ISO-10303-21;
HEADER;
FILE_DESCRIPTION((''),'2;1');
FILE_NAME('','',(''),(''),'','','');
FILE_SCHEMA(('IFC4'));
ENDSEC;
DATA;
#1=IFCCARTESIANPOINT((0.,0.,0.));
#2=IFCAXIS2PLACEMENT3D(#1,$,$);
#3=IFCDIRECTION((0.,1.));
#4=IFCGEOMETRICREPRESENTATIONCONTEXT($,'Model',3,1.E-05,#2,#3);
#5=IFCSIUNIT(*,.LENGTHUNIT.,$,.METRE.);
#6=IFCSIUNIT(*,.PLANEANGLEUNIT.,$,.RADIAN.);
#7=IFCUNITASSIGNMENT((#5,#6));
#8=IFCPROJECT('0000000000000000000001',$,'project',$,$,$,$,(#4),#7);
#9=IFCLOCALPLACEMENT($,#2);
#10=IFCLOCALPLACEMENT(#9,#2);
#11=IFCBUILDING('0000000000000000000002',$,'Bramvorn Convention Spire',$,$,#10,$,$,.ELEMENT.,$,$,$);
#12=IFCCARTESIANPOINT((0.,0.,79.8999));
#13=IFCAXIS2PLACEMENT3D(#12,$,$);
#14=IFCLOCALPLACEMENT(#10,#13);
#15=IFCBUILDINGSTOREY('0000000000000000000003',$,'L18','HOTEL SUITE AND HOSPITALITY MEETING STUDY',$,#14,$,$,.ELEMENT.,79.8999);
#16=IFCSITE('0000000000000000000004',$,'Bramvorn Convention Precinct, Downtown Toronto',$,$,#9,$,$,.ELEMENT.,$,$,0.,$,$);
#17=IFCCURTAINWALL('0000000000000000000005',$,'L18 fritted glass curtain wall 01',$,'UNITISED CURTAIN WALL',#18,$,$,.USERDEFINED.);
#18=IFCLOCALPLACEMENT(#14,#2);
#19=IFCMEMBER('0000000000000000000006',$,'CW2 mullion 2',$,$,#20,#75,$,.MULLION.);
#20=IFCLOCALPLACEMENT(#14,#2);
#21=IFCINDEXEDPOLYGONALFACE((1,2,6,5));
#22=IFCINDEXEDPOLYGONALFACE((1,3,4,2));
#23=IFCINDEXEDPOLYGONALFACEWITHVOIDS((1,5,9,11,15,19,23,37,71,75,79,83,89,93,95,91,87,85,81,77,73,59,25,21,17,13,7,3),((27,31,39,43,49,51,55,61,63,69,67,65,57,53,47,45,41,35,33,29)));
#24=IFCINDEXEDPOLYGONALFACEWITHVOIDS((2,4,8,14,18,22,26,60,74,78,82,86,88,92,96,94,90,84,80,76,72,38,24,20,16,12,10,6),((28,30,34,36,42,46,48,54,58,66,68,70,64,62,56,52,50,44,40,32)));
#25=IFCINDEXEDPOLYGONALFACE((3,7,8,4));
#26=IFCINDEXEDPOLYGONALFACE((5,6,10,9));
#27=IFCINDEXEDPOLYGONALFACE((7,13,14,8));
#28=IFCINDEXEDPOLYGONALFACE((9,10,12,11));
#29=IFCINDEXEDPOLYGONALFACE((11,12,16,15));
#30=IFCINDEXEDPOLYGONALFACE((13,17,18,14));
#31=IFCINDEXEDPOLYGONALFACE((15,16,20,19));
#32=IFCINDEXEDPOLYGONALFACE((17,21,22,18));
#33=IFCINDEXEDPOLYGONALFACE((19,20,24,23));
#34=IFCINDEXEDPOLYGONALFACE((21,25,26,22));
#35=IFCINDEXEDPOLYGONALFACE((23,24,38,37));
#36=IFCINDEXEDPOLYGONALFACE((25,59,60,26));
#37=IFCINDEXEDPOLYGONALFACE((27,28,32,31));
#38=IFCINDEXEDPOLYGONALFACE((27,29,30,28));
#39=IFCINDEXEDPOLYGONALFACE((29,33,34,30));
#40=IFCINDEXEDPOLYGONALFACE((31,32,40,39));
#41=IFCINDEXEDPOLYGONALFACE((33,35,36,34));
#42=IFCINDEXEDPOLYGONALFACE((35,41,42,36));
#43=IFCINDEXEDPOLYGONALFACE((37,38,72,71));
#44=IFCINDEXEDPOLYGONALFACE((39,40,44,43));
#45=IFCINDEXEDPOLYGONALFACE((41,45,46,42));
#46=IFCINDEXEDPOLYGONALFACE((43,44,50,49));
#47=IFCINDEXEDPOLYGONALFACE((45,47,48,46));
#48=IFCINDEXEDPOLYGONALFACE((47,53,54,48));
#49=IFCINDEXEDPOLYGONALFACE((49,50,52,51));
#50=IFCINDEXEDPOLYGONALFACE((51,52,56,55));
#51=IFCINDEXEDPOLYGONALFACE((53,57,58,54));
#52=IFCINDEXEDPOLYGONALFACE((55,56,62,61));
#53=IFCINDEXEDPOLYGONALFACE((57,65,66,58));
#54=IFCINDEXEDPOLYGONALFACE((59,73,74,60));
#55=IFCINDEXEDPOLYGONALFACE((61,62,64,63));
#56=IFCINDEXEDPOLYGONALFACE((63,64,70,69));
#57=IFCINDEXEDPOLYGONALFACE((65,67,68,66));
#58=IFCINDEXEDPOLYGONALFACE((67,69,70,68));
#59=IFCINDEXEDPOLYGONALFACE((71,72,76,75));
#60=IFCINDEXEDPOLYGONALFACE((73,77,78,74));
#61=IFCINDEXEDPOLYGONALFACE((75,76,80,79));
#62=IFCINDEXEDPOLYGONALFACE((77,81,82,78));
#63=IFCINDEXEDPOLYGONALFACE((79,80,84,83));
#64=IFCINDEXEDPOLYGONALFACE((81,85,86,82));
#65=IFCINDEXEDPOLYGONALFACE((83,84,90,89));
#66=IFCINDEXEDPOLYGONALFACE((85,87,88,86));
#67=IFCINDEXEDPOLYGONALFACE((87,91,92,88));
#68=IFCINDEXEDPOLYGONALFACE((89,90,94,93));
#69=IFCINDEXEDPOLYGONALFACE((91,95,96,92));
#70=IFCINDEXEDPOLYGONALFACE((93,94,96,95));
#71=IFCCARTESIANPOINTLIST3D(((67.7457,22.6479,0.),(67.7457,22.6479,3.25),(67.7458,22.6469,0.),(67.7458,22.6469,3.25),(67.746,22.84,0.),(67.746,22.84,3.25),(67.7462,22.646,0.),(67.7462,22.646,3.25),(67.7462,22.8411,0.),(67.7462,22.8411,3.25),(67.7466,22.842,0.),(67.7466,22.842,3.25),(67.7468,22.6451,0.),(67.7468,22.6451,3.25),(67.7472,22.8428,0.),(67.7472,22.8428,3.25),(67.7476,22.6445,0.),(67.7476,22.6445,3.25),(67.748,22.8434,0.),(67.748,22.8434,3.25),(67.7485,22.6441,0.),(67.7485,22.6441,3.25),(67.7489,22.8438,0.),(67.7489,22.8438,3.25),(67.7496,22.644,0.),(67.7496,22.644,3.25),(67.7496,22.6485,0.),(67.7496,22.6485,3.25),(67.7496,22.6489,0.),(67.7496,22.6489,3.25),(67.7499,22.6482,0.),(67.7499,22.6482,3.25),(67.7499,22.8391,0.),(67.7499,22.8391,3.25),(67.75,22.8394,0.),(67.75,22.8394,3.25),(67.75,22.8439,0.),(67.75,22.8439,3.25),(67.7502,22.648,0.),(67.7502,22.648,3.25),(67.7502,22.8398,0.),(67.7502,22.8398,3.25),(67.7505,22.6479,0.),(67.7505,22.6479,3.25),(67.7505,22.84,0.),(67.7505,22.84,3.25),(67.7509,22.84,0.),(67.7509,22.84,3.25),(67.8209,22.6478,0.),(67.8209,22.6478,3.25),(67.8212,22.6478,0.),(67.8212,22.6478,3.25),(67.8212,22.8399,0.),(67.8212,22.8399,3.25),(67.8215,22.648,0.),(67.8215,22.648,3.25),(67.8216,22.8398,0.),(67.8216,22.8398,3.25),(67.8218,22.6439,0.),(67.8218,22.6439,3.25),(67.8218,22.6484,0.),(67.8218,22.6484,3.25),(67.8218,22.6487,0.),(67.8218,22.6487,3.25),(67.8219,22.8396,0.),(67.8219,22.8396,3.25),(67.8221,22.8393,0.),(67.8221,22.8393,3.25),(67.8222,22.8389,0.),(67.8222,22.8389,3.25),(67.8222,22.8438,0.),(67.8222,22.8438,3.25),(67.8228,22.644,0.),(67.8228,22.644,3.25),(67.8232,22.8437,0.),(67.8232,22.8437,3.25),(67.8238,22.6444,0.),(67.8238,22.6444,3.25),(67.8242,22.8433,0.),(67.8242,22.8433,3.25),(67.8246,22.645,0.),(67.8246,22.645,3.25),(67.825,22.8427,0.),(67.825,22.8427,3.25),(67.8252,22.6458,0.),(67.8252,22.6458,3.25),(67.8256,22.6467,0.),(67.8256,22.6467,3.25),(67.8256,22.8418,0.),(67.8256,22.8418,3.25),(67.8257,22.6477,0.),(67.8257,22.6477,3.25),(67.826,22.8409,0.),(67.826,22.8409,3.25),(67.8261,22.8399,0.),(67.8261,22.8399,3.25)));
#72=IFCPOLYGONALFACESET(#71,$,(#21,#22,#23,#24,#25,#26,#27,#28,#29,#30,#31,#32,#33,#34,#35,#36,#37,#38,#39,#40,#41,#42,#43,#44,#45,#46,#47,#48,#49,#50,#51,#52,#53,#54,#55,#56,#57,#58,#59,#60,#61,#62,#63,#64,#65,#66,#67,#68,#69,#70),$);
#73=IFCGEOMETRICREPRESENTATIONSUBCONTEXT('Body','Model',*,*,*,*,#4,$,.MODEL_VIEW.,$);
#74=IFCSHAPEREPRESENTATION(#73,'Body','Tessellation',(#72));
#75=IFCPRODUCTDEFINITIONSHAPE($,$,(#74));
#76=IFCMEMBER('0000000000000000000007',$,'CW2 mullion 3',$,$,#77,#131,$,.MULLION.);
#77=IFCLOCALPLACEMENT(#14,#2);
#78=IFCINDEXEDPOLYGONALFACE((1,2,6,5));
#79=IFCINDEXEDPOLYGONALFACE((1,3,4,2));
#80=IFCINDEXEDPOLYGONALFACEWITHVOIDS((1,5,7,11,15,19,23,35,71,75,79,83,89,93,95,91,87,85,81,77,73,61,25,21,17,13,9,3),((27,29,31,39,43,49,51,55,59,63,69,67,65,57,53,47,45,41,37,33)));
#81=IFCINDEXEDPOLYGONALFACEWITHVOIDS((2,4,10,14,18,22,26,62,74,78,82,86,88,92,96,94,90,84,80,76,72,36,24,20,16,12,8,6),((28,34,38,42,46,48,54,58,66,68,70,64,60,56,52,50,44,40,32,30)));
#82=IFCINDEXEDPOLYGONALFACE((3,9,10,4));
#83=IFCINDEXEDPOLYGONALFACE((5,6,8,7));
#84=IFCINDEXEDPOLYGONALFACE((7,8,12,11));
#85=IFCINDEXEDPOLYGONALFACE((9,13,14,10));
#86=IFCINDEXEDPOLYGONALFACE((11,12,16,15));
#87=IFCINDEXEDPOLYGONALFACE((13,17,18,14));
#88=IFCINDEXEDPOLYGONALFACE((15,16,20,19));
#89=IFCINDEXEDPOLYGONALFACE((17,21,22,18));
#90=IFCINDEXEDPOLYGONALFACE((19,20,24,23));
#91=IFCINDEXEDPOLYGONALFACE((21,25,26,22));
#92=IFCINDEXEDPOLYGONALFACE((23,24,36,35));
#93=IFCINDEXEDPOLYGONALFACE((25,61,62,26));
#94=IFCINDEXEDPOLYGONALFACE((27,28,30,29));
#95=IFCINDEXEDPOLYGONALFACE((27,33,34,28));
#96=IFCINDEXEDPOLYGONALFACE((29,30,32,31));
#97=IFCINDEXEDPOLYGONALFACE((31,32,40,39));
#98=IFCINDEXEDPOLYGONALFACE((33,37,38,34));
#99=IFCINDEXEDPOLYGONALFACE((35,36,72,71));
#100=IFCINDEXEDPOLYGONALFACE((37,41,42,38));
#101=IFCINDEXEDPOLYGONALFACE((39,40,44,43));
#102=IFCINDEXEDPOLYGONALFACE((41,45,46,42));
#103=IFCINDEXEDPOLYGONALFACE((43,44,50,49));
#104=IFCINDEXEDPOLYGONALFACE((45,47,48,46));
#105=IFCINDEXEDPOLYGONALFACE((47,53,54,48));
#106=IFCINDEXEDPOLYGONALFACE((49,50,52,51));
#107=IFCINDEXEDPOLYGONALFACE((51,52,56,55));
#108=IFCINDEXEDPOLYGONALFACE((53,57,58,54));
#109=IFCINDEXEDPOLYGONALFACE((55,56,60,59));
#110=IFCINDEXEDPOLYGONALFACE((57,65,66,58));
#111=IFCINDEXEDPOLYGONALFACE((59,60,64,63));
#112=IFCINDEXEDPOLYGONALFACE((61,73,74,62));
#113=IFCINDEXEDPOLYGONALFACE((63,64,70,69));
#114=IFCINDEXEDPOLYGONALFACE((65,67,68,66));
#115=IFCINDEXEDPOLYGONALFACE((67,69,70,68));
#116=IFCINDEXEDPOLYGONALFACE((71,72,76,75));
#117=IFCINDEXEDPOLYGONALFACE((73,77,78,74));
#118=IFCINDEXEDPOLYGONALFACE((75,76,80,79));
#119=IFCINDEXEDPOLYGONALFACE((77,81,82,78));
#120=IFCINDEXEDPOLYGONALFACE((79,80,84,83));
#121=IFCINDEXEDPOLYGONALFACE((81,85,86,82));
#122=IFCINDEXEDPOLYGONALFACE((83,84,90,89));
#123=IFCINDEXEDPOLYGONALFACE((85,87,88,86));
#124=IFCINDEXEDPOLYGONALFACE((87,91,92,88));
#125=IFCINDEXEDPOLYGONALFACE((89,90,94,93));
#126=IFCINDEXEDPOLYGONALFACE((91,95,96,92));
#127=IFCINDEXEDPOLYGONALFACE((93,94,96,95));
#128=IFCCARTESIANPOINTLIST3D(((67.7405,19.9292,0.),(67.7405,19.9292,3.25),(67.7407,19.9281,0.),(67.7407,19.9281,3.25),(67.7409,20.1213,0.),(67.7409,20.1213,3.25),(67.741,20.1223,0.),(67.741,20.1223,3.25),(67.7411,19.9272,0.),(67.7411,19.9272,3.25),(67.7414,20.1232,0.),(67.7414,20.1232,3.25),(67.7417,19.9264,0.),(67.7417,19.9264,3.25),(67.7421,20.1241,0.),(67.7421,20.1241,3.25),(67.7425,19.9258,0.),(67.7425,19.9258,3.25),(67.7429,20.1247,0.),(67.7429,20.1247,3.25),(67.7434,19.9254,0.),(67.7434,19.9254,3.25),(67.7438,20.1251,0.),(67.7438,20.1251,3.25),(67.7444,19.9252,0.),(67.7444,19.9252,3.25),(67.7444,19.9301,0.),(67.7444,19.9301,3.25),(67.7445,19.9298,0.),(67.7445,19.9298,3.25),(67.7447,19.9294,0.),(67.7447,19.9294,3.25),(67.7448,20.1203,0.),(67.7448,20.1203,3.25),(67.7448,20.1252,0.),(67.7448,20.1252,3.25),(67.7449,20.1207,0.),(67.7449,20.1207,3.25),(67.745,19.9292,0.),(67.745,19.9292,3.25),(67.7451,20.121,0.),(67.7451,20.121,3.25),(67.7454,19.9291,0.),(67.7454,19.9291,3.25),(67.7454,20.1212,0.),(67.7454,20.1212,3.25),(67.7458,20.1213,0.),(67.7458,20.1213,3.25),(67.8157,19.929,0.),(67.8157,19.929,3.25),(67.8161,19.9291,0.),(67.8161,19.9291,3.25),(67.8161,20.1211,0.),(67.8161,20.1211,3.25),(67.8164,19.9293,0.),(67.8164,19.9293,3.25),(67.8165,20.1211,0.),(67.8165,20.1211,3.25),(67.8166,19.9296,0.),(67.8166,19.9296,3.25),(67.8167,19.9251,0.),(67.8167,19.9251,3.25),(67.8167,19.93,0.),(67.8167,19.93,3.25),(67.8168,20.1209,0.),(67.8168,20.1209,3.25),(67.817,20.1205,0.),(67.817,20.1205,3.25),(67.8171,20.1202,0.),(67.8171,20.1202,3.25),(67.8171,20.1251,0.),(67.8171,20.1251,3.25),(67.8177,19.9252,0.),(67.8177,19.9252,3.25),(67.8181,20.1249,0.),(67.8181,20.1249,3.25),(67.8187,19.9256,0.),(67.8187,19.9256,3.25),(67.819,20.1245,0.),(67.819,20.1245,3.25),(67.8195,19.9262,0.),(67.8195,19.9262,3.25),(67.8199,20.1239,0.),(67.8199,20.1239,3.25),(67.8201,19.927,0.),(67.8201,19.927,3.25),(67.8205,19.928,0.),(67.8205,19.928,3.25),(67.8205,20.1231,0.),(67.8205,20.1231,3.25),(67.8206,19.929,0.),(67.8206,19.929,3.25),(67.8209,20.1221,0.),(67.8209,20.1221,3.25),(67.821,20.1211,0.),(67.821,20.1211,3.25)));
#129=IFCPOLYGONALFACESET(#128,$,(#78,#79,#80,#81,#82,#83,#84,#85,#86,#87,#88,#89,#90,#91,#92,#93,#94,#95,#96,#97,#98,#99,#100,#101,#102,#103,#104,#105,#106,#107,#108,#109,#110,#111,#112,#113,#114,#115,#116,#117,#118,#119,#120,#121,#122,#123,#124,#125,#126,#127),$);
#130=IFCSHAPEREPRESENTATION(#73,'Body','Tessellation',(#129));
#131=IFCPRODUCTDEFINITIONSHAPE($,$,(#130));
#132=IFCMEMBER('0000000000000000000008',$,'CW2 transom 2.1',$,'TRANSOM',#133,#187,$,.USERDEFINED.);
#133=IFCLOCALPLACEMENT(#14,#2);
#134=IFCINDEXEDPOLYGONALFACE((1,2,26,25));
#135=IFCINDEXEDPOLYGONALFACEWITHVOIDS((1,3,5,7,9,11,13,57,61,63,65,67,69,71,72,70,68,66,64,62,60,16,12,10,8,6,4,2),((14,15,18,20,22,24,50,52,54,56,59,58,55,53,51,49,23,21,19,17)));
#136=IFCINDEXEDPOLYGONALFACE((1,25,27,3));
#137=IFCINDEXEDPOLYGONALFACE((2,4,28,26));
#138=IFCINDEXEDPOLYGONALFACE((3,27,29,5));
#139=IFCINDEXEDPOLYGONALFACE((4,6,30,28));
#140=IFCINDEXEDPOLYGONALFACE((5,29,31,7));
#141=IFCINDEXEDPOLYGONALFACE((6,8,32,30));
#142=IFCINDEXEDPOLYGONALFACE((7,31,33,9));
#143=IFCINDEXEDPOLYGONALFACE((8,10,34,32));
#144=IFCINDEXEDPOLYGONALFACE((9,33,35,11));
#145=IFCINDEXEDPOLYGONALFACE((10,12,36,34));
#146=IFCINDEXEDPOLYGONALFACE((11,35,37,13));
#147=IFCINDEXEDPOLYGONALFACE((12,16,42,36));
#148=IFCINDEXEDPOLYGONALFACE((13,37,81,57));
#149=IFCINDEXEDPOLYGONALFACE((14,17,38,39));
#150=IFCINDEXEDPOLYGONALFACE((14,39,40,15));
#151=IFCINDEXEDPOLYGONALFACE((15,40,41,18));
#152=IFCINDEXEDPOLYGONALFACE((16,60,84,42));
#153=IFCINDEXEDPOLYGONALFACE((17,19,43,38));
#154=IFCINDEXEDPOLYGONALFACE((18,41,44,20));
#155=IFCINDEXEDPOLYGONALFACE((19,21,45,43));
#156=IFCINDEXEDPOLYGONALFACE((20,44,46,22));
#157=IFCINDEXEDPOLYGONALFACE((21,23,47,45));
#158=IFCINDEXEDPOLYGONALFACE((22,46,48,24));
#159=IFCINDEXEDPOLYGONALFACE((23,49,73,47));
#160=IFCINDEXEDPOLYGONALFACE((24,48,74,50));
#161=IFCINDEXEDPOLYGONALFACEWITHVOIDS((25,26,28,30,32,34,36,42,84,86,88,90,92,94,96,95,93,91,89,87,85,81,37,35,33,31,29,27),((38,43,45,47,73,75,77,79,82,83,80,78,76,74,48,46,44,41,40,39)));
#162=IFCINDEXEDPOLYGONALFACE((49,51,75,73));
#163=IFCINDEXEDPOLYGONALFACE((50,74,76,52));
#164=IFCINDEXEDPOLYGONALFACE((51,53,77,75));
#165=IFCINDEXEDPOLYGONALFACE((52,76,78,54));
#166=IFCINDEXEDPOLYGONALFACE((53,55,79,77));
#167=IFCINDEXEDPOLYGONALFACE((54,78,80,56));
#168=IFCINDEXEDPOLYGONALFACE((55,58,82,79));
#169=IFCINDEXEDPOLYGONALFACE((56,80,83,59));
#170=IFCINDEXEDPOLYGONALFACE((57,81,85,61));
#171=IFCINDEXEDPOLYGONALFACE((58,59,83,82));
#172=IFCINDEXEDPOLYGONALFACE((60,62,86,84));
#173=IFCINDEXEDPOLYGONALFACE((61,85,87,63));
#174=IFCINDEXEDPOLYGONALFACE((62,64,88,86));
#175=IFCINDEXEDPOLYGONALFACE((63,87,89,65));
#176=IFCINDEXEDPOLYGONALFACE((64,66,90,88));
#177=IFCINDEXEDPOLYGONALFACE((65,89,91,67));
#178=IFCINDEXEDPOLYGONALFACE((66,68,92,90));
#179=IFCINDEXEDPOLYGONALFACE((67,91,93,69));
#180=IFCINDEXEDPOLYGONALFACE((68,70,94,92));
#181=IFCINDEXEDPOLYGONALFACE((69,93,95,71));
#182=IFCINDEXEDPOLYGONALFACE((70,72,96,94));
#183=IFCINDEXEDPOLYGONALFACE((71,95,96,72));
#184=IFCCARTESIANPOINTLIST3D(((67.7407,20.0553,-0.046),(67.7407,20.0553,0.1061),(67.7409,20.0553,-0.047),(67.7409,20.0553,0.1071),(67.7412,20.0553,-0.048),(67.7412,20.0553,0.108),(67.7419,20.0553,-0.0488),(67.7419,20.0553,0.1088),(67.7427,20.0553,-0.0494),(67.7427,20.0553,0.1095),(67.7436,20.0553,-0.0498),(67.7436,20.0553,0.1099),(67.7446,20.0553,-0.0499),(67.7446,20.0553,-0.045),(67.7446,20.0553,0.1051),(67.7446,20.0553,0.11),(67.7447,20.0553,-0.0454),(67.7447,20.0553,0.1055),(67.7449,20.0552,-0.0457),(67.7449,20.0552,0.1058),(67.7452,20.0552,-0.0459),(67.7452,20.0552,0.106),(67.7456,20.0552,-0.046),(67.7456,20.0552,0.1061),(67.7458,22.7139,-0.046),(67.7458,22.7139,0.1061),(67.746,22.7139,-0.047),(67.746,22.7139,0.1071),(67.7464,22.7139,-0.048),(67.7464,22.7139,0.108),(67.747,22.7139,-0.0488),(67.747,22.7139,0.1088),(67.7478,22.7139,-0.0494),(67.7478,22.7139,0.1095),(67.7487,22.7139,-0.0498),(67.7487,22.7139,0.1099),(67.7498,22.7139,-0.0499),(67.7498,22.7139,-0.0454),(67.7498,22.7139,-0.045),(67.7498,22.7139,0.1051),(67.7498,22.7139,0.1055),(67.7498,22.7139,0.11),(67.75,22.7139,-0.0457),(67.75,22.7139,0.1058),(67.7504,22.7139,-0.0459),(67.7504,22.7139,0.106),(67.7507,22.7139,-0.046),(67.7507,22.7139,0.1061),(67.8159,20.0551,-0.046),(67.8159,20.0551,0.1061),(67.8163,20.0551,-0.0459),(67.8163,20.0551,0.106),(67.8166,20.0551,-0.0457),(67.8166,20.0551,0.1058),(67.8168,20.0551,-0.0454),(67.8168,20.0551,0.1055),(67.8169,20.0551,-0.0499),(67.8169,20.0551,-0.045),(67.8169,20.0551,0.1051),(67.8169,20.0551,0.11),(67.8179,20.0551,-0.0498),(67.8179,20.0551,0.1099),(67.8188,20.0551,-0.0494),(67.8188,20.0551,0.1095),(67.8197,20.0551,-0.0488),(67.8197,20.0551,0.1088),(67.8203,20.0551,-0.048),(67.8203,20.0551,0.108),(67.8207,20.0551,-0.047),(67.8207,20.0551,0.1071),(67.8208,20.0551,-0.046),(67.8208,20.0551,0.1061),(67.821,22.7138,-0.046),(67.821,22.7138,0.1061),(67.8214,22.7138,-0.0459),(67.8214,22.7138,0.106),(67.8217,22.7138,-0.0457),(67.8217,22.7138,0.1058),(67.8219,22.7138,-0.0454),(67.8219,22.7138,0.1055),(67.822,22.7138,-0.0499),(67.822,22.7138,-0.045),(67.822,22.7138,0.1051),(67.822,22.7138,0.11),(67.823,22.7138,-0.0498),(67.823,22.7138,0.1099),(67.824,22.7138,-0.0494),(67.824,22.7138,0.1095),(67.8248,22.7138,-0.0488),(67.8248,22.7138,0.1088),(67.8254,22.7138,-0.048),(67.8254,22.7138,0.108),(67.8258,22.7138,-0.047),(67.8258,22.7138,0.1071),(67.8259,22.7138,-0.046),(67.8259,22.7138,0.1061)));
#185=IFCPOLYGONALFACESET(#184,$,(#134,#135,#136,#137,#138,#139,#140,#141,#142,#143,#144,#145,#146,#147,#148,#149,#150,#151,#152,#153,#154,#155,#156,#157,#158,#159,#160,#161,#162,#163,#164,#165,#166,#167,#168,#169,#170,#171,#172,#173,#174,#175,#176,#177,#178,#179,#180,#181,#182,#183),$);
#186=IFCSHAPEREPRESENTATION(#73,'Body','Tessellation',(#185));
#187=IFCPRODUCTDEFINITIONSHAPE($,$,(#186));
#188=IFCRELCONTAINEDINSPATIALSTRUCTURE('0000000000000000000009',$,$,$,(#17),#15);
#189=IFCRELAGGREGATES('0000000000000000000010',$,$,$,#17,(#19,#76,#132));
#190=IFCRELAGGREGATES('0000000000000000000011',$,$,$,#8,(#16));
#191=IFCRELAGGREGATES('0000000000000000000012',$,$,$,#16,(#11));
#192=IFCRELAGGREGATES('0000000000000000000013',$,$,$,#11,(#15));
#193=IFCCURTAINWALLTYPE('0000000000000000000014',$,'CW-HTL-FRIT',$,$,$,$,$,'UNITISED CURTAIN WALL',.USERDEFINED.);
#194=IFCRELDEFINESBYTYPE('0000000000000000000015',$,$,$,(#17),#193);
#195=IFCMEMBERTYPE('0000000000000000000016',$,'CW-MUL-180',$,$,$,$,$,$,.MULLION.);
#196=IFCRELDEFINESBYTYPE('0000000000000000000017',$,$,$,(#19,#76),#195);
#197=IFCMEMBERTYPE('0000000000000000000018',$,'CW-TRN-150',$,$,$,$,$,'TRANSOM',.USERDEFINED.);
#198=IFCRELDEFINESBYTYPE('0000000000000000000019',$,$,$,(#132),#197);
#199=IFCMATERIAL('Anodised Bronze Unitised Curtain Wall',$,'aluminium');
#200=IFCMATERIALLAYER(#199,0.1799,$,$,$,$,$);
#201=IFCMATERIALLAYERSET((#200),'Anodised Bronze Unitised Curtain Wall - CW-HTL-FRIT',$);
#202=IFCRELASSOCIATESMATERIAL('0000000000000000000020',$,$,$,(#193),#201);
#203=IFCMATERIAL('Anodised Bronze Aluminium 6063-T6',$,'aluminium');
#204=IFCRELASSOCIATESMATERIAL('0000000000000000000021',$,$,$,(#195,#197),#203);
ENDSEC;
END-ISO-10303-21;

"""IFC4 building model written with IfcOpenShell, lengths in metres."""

from ifc_helpers import new_model, si_unit, direction, frame, origin, origin_2d, place, context, subcontext, project, spatial, hollow_rectangle, extrude, material, layer, layer_set, material_profile, profile_set, type_object, element, aggregate, save


model = new_model("IFC4")

# Units and contexts
model_context = context("Model", 3, precision=1e-05, world=origin(), true_north=direction((0.0, 1.0)))
body_context = subcontext(model_context, "Body", "Model", "MODEL_VIEW")
ifc_project = project(units=[si_unit("LENGTHUNIT", "METRE"), si_unit("PLANEANGLEUNIT", "RADIAN")], contexts=[model_context])

# Site, building, storey
site_placement = place(None, origin())
site = spatial("IfcSite", under=ifc_project, at=site_placement, Name="Bramvorn Convention Precinct, Downtown Toronto", CompositionType="ELEMENT", RefElevation=0.0)
building_placement = place(site_placement, origin())
building = spatial("IfcBuilding", under=site, at=building_placement, Name="Bramvorn Convention Spire", CompositionType="ELEMENT")
storey_placement = place(building_placement, frame((0.0, 0.0, 79.8999)))
storey = spatial("IfcBuildingStorey", under=building, at=storey_placement, Name="L18", Description="HOTEL SUITE AND HOSPITALITY MEETING STUDY", CompositionType="ELEMENT", Elevation=79.8999)

# Curtain wall, members
ifc_material_1 = material(Name="Anodised Bronze Unitised Curtain Wall", Category="aluminium")
ifc_layer_1 = layer(ifc_material_1, 0.1799)
ifc_layer_set_1 = layer_set([ifc_layer_1], Name="Anodised Bronze Unitised Curtain Wall - CW-HTL-FRIT")
curtain_wall_type = type_object("IfcCurtainWallType", Name="CW-HTL-FRIT", ElementType="UNITISED CURTAIN WALL", PredefinedType="USERDEFINED", material=ifc_layer_set_1)
curtain_wall_placement = place(storey_placement, origin())
curtain_wall = element("IfcCurtainWall", 1, at=curtain_wall_placement, inside=storey, type_object=curtain_wall_type, Name="L18 fritted glass curtain wall 01", ObjectType="UNITISED CURTAIN WALL", PredefinedType="USERDEFINED")
ifc_material_2 = material(Name="Anodised Bronze Aluminium 6063-T6", Category="aluminium")
ifc_material_profile_1 = material_profile(ifc_material_2, hollow_rectangle(XDim=0.0801, YDim=0.2, WallThickness=0.0039, InnerFilletRadius=0.001, OuterFilletRadius=0.0039, at=origin_2d()))
ifc_profile_set_1 = profile_set([ifc_material_profile_1], Name="Anodised Bronze Aluminium 6063-T6 - CWM80X200")
member_type_1 = type_object("IfcMemberType", Name="CW-MUL-180", PredefinedType="MULLION", material=ifc_profile_set_1)
member_1_placement = place(storey_placement, frame((67.7859, 22.7439, 0.0), z_axis=(0.0, 0.0, 1.0), x_axis=(0.999998, -0.001965, 0.0)))
member_1 = element("IfcMember", 2, at=member_1_placement, type_object=member_type_1, Name="CW2 mullion 2", PredefinedType="MULLION", context=body_context, shape_type="SweptSolid", body=[
    extrude(hollow_rectangle(XDim=0.0801, YDim=0.2, WallThickness=0.0039, InnerFilletRadius=0.001, OuterFilletRadius=0.0039, at=origin_2d()), origin(), (0.0, 0.0, 1.0), 3.25),
])
member_2_placement = place(storey_placement, frame((67.7808, 20.0251, 0.0), z_axis=(0.0, 0.0, 1.0), x_axis=(0.999998, -0.001965, 0.0)))
member_2 = element("IfcMember", 3, at=member_2_placement, type_object=member_type_1, Name="CW2 mullion 3", PredefinedType="MULLION", context=body_context, shape_type="SweptSolid", body=[
    extrude(hollow_rectangle(XDim=0.0801, YDim=0.2, WallThickness=0.0039, InnerFilletRadius=0.001, OuterFilletRadius=0.0039, at=origin_2d()), origin(), (0.0, 0.0, 1.0), 3.25),
])
ifc_material_profile_2 = material_profile(ifc_material_2, hollow_rectangle(XDim=0.0801, YDim=0.1599, WallThickness=0.0039, InnerFilletRadius=0.001, OuterFilletRadius=0.0039, at=origin_2d()))
ifc_profile_set_2 = profile_set([ifc_material_profile_2], Name="Anodised Bronze Aluminium 6063-T6 - CWT80X160")
member_type_2 = type_object("IfcMemberType", Name="CW-TRN-150", ElementType="TRANSOM", PredefinedType="USERDEFINED", material=ifc_profile_set_2)
member_3_placement = place(storey_placement, frame((67.7859, 22.7139, 0.03), z_axis=(-0.001928, -0.999998, 0.0), x_axis=(0.999998, -0.001928, 0.0)))
member_3 = element("IfcMember", 4, at=member_3_placement, type_object=member_type_2, Name="CW2 transom 2.1", ObjectType="TRANSOM", PredefinedType="USERDEFINED", context=body_context, shape_type="SweptSolid", body=[
    extrude(hollow_rectangle(XDim=0.0801, YDim=0.1599, WallThickness=0.0039, InnerFilletRadius=0.001, OuterFilletRadius=0.0039, at=origin_2d()), origin(), (0.0, 0.0, 1.0), 2.6587),
])

aggregate(curtain_wall, [member_1, member_2, member_3])

save(model, "model.ifc")
